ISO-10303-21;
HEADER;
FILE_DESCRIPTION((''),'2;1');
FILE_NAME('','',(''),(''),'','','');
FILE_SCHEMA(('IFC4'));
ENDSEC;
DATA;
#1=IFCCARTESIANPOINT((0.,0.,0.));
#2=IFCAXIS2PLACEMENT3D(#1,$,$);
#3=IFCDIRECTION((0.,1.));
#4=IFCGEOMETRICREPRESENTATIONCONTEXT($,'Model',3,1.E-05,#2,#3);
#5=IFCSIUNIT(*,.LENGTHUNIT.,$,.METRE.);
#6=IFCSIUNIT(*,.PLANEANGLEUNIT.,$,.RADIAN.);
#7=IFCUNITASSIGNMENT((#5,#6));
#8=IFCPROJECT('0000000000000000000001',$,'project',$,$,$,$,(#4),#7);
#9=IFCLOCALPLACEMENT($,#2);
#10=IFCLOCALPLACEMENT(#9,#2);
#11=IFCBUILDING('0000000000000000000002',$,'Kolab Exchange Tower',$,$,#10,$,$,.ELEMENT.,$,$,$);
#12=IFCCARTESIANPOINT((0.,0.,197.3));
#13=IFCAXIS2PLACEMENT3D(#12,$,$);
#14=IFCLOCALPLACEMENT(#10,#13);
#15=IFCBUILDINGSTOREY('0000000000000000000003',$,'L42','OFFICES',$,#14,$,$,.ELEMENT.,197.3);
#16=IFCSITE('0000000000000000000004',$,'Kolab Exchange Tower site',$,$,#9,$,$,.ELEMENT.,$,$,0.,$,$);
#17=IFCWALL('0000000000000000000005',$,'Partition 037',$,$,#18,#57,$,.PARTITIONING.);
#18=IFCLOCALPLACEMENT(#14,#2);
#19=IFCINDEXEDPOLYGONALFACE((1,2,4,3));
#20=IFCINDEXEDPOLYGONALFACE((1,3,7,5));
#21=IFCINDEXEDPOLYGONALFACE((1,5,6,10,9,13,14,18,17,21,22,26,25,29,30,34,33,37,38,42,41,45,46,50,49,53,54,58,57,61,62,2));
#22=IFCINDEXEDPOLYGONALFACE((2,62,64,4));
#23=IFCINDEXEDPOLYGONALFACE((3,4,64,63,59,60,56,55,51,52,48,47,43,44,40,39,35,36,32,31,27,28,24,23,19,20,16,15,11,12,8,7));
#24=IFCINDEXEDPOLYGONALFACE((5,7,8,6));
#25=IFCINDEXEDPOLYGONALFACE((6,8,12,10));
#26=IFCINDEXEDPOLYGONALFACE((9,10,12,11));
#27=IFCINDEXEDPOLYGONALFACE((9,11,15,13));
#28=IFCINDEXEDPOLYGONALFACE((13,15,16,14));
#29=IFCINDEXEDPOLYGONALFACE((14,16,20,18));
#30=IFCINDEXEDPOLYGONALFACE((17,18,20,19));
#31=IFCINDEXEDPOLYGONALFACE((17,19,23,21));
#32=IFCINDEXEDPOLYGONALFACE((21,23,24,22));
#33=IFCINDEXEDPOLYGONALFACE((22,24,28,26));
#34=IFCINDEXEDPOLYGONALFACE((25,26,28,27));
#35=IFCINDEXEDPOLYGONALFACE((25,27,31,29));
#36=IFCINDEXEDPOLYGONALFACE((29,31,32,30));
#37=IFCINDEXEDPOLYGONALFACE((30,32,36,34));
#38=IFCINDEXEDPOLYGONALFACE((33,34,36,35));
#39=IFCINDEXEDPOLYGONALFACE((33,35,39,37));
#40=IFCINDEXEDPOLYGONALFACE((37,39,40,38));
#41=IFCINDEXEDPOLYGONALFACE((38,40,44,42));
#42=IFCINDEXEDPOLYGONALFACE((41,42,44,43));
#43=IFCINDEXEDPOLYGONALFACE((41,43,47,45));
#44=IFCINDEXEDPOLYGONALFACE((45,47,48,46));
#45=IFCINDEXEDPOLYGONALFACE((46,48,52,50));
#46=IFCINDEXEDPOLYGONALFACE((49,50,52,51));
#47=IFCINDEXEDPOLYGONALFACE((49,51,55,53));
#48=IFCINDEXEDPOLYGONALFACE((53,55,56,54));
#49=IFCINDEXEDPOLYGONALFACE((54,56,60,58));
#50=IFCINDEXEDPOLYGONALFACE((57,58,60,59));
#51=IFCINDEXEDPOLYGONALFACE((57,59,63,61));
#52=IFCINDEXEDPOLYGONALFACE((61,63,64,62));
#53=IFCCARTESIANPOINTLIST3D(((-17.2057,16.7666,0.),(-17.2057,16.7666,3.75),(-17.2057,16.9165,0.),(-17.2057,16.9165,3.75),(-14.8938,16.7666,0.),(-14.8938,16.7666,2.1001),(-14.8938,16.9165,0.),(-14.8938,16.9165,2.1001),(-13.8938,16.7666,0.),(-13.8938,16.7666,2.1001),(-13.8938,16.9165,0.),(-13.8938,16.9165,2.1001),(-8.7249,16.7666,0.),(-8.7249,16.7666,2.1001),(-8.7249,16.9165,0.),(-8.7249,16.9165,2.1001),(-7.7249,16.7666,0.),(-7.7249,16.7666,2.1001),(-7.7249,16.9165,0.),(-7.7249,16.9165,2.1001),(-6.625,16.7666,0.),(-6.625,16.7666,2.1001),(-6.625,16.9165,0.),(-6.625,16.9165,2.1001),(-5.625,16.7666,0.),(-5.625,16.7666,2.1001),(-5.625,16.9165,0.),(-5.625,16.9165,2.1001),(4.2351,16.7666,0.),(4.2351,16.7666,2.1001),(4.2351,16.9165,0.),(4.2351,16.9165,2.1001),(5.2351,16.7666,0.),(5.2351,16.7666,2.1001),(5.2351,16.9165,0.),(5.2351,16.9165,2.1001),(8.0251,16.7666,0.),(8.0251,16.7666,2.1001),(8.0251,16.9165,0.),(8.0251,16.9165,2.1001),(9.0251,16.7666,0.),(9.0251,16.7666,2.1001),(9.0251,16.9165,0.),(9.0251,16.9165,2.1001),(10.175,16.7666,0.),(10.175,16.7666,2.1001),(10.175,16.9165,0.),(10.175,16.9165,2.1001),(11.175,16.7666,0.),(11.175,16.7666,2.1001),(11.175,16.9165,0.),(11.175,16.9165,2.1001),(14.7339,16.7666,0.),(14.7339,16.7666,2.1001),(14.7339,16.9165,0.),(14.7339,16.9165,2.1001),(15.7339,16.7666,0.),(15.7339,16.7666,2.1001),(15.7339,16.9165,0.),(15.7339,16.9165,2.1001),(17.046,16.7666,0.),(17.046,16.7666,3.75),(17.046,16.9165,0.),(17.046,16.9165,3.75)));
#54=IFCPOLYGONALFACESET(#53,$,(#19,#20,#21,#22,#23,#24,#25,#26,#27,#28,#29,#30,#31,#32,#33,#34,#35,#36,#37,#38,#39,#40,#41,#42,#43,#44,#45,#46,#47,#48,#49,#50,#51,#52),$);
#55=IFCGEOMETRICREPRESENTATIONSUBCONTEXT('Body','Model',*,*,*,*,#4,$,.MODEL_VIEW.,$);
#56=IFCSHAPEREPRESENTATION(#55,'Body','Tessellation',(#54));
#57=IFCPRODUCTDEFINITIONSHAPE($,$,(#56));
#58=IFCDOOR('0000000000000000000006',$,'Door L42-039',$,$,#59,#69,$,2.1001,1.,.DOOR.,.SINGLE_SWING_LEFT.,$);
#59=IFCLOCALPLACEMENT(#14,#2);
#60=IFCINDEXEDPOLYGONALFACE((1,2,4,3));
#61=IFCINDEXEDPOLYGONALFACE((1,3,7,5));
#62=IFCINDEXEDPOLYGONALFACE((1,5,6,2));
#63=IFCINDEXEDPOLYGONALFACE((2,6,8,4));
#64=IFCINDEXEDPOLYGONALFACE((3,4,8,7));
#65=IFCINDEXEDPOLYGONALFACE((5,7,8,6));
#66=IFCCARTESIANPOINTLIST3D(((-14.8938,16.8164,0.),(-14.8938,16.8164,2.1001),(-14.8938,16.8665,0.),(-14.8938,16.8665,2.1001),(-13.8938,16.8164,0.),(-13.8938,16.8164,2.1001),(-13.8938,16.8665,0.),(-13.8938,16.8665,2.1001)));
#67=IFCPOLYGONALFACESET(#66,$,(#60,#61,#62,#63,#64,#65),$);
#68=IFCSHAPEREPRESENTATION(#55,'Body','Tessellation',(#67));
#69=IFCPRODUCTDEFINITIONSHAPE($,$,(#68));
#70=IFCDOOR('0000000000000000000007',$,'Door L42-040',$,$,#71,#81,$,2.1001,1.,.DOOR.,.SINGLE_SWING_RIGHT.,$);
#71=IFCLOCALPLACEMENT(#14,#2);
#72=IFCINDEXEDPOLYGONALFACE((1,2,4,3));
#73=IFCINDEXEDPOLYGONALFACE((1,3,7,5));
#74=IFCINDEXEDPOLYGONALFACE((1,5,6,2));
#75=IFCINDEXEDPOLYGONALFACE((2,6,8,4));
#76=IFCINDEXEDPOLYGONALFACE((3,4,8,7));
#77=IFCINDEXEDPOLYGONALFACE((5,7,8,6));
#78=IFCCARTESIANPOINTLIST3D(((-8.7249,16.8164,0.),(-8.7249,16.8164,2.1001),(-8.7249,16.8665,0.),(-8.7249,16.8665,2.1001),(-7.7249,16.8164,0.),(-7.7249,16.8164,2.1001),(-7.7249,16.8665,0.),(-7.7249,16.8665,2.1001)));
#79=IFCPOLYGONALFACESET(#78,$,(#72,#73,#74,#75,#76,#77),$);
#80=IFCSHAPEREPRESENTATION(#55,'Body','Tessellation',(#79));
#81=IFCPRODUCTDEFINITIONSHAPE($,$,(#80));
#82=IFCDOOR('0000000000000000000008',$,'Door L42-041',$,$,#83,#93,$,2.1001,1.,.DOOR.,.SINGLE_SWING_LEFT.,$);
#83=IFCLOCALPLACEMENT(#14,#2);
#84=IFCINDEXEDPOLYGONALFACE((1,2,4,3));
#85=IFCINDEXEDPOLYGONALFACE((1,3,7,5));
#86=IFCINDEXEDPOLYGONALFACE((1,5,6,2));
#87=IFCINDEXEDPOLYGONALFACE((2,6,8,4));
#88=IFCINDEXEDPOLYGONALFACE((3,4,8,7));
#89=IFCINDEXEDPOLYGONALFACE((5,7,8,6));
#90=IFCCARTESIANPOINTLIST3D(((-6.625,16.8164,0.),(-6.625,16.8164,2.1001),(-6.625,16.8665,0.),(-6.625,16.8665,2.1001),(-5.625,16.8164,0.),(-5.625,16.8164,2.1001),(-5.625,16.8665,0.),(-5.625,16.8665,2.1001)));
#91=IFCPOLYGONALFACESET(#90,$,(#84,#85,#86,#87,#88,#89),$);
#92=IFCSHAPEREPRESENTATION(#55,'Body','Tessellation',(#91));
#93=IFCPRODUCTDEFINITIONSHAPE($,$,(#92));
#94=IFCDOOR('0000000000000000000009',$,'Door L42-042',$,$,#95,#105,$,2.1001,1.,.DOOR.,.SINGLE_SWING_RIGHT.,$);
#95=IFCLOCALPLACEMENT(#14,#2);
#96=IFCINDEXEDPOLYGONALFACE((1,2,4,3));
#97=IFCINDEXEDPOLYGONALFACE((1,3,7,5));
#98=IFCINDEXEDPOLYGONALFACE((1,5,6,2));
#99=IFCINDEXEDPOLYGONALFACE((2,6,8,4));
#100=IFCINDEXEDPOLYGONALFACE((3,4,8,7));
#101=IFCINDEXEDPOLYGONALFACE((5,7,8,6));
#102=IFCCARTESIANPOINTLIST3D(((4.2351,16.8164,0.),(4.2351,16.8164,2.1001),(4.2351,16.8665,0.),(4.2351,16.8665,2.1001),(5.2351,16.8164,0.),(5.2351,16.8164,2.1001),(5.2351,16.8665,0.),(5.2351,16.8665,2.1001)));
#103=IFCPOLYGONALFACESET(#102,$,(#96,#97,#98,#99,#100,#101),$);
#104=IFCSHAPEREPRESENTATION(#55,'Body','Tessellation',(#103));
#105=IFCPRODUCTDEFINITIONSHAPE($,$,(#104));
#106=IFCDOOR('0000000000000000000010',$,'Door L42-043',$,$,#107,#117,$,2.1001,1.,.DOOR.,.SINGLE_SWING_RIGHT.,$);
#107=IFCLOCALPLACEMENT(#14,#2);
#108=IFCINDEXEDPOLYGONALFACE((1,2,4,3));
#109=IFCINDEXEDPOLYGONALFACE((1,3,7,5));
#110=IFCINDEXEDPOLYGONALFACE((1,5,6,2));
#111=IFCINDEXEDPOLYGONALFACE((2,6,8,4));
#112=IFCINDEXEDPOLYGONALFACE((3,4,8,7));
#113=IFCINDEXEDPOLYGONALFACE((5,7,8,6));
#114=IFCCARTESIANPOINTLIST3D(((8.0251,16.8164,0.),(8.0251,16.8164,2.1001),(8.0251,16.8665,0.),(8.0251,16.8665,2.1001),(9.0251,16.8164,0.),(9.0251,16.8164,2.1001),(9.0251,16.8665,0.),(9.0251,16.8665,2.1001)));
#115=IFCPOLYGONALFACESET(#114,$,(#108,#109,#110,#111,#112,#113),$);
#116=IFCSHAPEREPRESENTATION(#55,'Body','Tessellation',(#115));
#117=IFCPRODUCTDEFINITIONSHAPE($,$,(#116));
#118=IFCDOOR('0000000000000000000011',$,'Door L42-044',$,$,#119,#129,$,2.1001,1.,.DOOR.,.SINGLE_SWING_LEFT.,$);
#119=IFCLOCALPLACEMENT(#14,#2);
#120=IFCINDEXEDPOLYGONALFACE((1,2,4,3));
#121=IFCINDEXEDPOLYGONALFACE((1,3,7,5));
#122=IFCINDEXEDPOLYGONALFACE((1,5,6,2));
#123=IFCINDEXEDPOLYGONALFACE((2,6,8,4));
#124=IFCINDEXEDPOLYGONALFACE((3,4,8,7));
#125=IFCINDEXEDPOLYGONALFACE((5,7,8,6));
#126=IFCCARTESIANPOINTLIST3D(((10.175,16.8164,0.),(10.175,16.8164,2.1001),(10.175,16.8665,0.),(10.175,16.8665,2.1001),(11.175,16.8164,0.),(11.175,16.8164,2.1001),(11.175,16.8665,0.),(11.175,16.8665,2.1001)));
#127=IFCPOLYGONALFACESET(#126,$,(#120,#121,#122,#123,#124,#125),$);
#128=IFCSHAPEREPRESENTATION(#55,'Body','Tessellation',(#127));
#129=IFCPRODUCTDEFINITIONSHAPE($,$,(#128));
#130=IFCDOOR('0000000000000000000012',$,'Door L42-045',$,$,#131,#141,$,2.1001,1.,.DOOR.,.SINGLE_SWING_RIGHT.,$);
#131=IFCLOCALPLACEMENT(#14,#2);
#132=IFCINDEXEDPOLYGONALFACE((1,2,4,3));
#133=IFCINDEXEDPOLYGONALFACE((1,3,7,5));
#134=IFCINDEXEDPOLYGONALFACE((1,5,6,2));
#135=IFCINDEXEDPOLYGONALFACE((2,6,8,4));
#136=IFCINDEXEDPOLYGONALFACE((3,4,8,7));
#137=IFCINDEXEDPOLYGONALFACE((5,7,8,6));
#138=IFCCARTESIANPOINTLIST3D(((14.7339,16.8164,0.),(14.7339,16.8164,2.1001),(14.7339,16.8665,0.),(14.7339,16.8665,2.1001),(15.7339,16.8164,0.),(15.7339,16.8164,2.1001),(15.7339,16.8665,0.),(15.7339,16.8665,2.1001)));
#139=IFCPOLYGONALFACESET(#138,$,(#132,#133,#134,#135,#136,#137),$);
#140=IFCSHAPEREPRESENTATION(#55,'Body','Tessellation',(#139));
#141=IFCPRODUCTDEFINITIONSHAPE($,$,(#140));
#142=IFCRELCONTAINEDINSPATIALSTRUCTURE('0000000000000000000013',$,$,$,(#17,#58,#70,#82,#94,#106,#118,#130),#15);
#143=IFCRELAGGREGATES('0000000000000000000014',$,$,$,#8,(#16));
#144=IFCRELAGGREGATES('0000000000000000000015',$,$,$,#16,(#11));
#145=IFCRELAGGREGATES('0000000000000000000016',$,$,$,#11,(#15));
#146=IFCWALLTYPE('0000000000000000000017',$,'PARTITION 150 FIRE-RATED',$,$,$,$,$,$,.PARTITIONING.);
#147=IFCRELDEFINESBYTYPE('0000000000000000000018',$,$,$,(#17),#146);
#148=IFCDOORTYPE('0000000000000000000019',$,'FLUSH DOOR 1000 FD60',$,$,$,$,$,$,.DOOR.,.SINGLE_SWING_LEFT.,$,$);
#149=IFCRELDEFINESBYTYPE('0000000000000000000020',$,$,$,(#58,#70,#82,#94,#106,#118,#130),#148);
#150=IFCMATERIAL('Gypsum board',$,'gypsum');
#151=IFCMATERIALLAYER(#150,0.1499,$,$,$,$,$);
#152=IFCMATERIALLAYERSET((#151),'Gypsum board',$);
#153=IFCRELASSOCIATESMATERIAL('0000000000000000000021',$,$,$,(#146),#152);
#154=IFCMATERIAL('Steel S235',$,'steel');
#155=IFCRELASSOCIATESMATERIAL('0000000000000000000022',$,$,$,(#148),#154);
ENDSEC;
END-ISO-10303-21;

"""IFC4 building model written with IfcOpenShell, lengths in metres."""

from ifc_helpers import new_model, si_unit, direction, frame, frame_2d, origin, place, context, subcontext, project, spatial, rectangle, extrude, material, layer, layer_set, type_object, element, fill, save


model = new_model("IFC4")

# Units and contexts
model_context = context("Model", 3, precision=1e-05, world=origin(), true_north=direction((0.0, 1.0)))
body_context = subcontext(model_context, "Body", "Model", "MODEL_VIEW")
ifc_project = project(units=[si_unit("LENGTHUNIT", "METRE"), si_unit("PLANEANGLEUNIT", "RADIAN")], contexts=[model_context])

# Site, building, storey
site_placement = place(None, origin())
site = spatial("IfcSite", under=ifc_project, at=site_placement, Name="Kolab Exchange Tower site", CompositionType="ELEMENT", RefElevation=0.0)
building_placement = place(site_placement, origin())
building = spatial("IfcBuilding", under=site, at=building_placement, Name="Kolab Exchange Tower", CompositionType="ELEMENT")
storey_placement = place(building_placement, frame((0.0, 0.0, 197.3)))
storey = spatial("IfcBuildingStorey", under=building, at=storey_placement, Name="L42", Description="OFFICES", CompositionType="ELEMENT", Elevation=197.3)

# Shared definitions
ifc_material_1 = material(Name="Gypsum board", Category="gypsum")
ifc_layer_1 = layer(ifc_material_1, 0.1499)
ifc_layer_set_1 = layer_set([ifc_layer_1], Name="Gypsum board")
wall_type = type_object("IfcWallType", Name="PARTITION 150 FIRE-RATED", PredefinedType="PARTITIONING", material=ifc_layer_set_1)
ifc_material_2 = material(Name="Steel S235", Category="steel")
door_type = type_object("IfcDoorType", Name="FLUSH DOOR 1000 FD60", OperationType="SINGLE_SWING_LEFT", PredefinedType="DOOR", material=ifc_material_2)

# Wall, openings, doors
wall_1_placement = place(storey_placement, frame((-17.2058, 16.8416, 0.0), z_axis=(0.0, 0.0, 1.0), x_axis=(1.0, 0.0, 0.0)))
wall_1 = element("IfcWall", 1, at=wall_1_placement, inside=storey, type_object=wall_type, Name="Partition 037", PredefinedType="PARTITIONING", context=body_context, shape_type="SweptSolid", body=[
    extrude(rectangle(XDim=34.2517, YDim=0.1499, at=frame_2d((17.126, 0.0))), origin(), (0.0, 0.0, 1.0), 3.75),
])
opening_1_placement = place(wall_1_placement, frame((2.312, 0.0, 0.0)))
opening_1 = element("IfcOpeningElement", 2, at=opening_1_placement, cuts=wall_1, PredefinedType="OPENING", context=body_context, shape_type="SweptSolid", body=[
    extrude(rectangle(XDim=1.0, YDim=2.1001, at=frame_2d((0.5, 1.05))), frame((0.0, 0.085, 0.0), z_axis=(0.0, -1.0, 0.0), x_axis=(1.0, 0.0, 0.0)), (0.0, 0.0, 1.0), 0.1699),
])
opening_2_placement = place(wall_1_placement, frame((8.481, 0.0, 0.0)))
opening_2 = element("IfcOpeningElement", 3, at=opening_2_placement, cuts=wall_1, PredefinedType="OPENING", context=body_context, shape_type="SweptSolid", body=[
    extrude(rectangle(XDim=1.0, YDim=2.1001, at=frame_2d((0.5, 1.05))), frame((0.0, 0.085, 0.0), z_axis=(0.0, -1.0, 0.0), x_axis=(1.0, 0.0, 0.0)), (0.0, 0.0, 1.0), 0.1699),
])
opening_3_placement = place(wall_1_placement, frame((10.5808, 0.0, 0.0)))
opening_3 = element("IfcOpeningElement", 4, at=opening_3_placement, cuts=wall_1, PredefinedType="OPENING", context=body_context, shape_type="SweptSolid", body=[
    extrude(rectangle(XDim=1.0, YDim=2.1001, at=frame_2d((0.5, 1.05))), frame((0.0, 0.085, 0.0), z_axis=(0.0, -1.0, 0.0), x_axis=(1.0, 0.0, 0.0)), (0.0, 0.0, 1.0), 0.1699),
])
opening_4_placement = place(wall_1_placement, frame((21.4409, 0.0, 0.0)))
opening_4 = element("IfcOpeningElement", 5, at=opening_4_placement, cuts=wall_1, PredefinedType="OPENING", context=body_context, shape_type="SweptSolid", body=[
    extrude(rectangle(XDim=1.0, YDim=2.1001, at=frame_2d((0.5, 1.05))), frame((0.0, 0.085, 0.0), z_axis=(0.0, -1.0, 0.0), x_axis=(1.0, 0.0, 0.0)), (0.0, 0.0, 1.0), 0.1699),
])
opening_5_placement = place(wall_1_placement, frame((25.231, 0.0, 0.0)))
opening_5 = element("IfcOpeningElement", 6, at=opening_5_placement, cuts=wall_1, PredefinedType="OPENING", context=body_context, shape_type="SweptSolid", body=[
    extrude(rectangle(XDim=1.0, YDim=2.1001, at=frame_2d((0.5, 1.05))), frame((0.0, 0.085, 0.0), z_axis=(0.0, -1.0, 0.0), x_axis=(1.0, 0.0, 0.0)), (0.0, 0.0, 1.0), 0.1699),
])
opening_6_placement = place(wall_1_placement, frame((27.3809, 0.0, 0.0)))
opening_6 = element("IfcOpeningElement", 7, at=opening_6_placement, cuts=wall_1, PredefinedType="OPENING", context=body_context, shape_type="SweptSolid", body=[
    extrude(rectangle(XDim=1.0, YDim=2.1001, at=frame_2d((0.5, 1.05))), frame((0.0, 0.085, 0.0), z_axis=(0.0, -1.0, 0.0), x_axis=(1.0, 0.0, 0.0)), (0.0, 0.0, 1.0), 0.1699),
])
opening_7_placement = place(wall_1_placement, frame((31.9397, 0.0, 0.0)))
opening_7 = element("IfcOpeningElement", 8, at=opening_7_placement, cuts=wall_1, PredefinedType="OPENING", context=body_context, shape_type="SweptSolid", body=[
    extrude(rectangle(XDim=1.0, YDim=2.1001, at=frame_2d((0.5, 1.05))), frame((0.0, 0.085, 0.0), z_axis=(0.0, -1.0, 0.0), x_axis=(1.0, 0.0, 0.0)), (0.0, 0.0, 1.0), 0.1699),
])
door_1_placement = place(opening_1_placement, origin())
door_1 = element("IfcDoor", 9, at=door_1_placement, inside=storey, type_object=door_type, Name="Door L42-039", OperationType="SINGLE_SWING_LEFT", OverallHeight=2.1001, OverallWidth=1.0, PredefinedType="DOOR", context=body_context, shape_type="SweptSolid", body=[
    extrude(rectangle(XDim=1.0, YDim=2.1001, at=frame_2d((0.5, 1.05))), frame((0.0, 0.0249, 0.0), z_axis=(0.0, -1.0, 0.0), x_axis=(1.0, 0.0, 0.0)), (0.0, 0.0, 1.0), 0.05),
])
fill(opening_1, door_1)
door_2_placement = place(opening_2_placement, origin())
door_2 = element("IfcDoor", 10, at=door_2_placement, inside=storey, type_object=door_type, Name="Door L42-040", OperationType="SINGLE_SWING_RIGHT", OverallHeight=2.1001, OverallWidth=1.0, PredefinedType="DOOR", context=body_context, shape_type="SweptSolid", body=[
    extrude(rectangle(XDim=1.0, YDim=2.1001, at=frame_2d((0.5, 1.05))), frame((0.0, 0.0249, 0.0), z_axis=(0.0, -1.0, 0.0), x_axis=(1.0, 0.0, 0.0)), (0.0, 0.0, 1.0), 0.05),
])
fill(opening_2, door_2)
door_3_placement = place(opening_3_placement, origin())
door_3 = element("IfcDoor", 11, at=door_3_placement, inside=storey, type_object=door_type, Name="Door L42-041", OperationType="SINGLE_SWING_LEFT", OverallHeight=2.1001, OverallWidth=1.0, PredefinedType="DOOR", context=body_context, shape_type="SweptSolid", body=[
    extrude(rectangle(XDim=1.0, YDim=2.1001, at=frame_2d((0.5, 1.05))), frame((0.0, 0.0249, 0.0), z_axis=(0.0, -1.0, 0.0), x_axis=(1.0, 0.0, 0.0)), (0.0, 0.0, 1.0), 0.05),
])
fill(opening_3, door_3)
door_4_placement = place(opening_4_placement, origin())
door_4 = element("IfcDoor", 12, at=door_4_placement, inside=storey, type_object=door_type, Name="Door L42-042", OperationType="SINGLE_SWING_RIGHT", OverallHeight=2.1001, OverallWidth=1.0, PredefinedType="DOOR", context=body_context, shape_type="SweptSolid", body=[
    extrude(rectangle(XDim=1.0, YDim=2.1001, at=frame_2d((0.5, 1.05))), frame((0.0, 0.0249, 0.0), z_axis=(0.0, -1.0, 0.0), x_axis=(1.0, 0.0, 0.0)), (0.0, 0.0, 1.0), 0.05),
])
fill(opening_4, door_4)
door_5_placement = place(opening_5_placement, origin())
door_5 = element("IfcDoor", 13, at=door_5_placement, inside=storey, type_object=door_type, Name="Door L42-043", OperationType="SINGLE_SWING_RIGHT", OverallHeight=2.1001, OverallWidth=1.0, PredefinedType="DOOR", context=body_context, shape_type="SweptSolid", body=[
    extrude(rectangle(XDim=1.0, YDim=2.1001, at=frame_2d((0.5, 1.05))), frame((0.0, 0.0249, 0.0), z_axis=(0.0, -1.0, 0.0), x_axis=(1.0, 0.0, 0.0)), (0.0, 0.0, 1.0), 0.05),
])
fill(opening_5, door_5)
door_6_placement = place(opening_6_placement, origin())
door_6 = element("IfcDoor", 14, at=door_6_placement, inside=storey, type_object=door_type, Name="Door L42-044", OperationType="SINGLE_SWING_LEFT", OverallHeight=2.1001, OverallWidth=1.0, PredefinedType="DOOR", context=body_context, shape_type="SweptSolid", body=[
    extrude(rectangle(XDim=1.0, YDim=2.1001, at=frame_2d((0.5, 1.05))), frame((0.0, 0.0249, 0.0), z_axis=(0.0, -1.0, 0.0), x_axis=(1.0, 0.0, 0.0)), (0.0, 0.0, 1.0), 0.05),
])
fill(opening_6, door_6)
door_7_placement = place(opening_7_placement, origin())
door_7 = element("IfcDoor", 15, at=door_7_placement, inside=storey, type_object=door_type, Name="Door L42-045", OperationType="SINGLE_SWING_RIGHT", OverallHeight=2.1001, OverallWidth=1.0, PredefinedType="DOOR", context=body_context, shape_type="SweptSolid", body=[
    extrude(rectangle(XDim=1.0, YDim=2.1001, at=frame_2d((0.5, 1.05))), frame((0.0, 0.0249, 0.0), z_axis=(0.0, -1.0, 0.0), x_axis=(1.0, 0.0, 0.0)), (0.0, 0.0, 1.0), 0.05),
])
fill(opening_7, door_7)

save(model, "model.ifc")
